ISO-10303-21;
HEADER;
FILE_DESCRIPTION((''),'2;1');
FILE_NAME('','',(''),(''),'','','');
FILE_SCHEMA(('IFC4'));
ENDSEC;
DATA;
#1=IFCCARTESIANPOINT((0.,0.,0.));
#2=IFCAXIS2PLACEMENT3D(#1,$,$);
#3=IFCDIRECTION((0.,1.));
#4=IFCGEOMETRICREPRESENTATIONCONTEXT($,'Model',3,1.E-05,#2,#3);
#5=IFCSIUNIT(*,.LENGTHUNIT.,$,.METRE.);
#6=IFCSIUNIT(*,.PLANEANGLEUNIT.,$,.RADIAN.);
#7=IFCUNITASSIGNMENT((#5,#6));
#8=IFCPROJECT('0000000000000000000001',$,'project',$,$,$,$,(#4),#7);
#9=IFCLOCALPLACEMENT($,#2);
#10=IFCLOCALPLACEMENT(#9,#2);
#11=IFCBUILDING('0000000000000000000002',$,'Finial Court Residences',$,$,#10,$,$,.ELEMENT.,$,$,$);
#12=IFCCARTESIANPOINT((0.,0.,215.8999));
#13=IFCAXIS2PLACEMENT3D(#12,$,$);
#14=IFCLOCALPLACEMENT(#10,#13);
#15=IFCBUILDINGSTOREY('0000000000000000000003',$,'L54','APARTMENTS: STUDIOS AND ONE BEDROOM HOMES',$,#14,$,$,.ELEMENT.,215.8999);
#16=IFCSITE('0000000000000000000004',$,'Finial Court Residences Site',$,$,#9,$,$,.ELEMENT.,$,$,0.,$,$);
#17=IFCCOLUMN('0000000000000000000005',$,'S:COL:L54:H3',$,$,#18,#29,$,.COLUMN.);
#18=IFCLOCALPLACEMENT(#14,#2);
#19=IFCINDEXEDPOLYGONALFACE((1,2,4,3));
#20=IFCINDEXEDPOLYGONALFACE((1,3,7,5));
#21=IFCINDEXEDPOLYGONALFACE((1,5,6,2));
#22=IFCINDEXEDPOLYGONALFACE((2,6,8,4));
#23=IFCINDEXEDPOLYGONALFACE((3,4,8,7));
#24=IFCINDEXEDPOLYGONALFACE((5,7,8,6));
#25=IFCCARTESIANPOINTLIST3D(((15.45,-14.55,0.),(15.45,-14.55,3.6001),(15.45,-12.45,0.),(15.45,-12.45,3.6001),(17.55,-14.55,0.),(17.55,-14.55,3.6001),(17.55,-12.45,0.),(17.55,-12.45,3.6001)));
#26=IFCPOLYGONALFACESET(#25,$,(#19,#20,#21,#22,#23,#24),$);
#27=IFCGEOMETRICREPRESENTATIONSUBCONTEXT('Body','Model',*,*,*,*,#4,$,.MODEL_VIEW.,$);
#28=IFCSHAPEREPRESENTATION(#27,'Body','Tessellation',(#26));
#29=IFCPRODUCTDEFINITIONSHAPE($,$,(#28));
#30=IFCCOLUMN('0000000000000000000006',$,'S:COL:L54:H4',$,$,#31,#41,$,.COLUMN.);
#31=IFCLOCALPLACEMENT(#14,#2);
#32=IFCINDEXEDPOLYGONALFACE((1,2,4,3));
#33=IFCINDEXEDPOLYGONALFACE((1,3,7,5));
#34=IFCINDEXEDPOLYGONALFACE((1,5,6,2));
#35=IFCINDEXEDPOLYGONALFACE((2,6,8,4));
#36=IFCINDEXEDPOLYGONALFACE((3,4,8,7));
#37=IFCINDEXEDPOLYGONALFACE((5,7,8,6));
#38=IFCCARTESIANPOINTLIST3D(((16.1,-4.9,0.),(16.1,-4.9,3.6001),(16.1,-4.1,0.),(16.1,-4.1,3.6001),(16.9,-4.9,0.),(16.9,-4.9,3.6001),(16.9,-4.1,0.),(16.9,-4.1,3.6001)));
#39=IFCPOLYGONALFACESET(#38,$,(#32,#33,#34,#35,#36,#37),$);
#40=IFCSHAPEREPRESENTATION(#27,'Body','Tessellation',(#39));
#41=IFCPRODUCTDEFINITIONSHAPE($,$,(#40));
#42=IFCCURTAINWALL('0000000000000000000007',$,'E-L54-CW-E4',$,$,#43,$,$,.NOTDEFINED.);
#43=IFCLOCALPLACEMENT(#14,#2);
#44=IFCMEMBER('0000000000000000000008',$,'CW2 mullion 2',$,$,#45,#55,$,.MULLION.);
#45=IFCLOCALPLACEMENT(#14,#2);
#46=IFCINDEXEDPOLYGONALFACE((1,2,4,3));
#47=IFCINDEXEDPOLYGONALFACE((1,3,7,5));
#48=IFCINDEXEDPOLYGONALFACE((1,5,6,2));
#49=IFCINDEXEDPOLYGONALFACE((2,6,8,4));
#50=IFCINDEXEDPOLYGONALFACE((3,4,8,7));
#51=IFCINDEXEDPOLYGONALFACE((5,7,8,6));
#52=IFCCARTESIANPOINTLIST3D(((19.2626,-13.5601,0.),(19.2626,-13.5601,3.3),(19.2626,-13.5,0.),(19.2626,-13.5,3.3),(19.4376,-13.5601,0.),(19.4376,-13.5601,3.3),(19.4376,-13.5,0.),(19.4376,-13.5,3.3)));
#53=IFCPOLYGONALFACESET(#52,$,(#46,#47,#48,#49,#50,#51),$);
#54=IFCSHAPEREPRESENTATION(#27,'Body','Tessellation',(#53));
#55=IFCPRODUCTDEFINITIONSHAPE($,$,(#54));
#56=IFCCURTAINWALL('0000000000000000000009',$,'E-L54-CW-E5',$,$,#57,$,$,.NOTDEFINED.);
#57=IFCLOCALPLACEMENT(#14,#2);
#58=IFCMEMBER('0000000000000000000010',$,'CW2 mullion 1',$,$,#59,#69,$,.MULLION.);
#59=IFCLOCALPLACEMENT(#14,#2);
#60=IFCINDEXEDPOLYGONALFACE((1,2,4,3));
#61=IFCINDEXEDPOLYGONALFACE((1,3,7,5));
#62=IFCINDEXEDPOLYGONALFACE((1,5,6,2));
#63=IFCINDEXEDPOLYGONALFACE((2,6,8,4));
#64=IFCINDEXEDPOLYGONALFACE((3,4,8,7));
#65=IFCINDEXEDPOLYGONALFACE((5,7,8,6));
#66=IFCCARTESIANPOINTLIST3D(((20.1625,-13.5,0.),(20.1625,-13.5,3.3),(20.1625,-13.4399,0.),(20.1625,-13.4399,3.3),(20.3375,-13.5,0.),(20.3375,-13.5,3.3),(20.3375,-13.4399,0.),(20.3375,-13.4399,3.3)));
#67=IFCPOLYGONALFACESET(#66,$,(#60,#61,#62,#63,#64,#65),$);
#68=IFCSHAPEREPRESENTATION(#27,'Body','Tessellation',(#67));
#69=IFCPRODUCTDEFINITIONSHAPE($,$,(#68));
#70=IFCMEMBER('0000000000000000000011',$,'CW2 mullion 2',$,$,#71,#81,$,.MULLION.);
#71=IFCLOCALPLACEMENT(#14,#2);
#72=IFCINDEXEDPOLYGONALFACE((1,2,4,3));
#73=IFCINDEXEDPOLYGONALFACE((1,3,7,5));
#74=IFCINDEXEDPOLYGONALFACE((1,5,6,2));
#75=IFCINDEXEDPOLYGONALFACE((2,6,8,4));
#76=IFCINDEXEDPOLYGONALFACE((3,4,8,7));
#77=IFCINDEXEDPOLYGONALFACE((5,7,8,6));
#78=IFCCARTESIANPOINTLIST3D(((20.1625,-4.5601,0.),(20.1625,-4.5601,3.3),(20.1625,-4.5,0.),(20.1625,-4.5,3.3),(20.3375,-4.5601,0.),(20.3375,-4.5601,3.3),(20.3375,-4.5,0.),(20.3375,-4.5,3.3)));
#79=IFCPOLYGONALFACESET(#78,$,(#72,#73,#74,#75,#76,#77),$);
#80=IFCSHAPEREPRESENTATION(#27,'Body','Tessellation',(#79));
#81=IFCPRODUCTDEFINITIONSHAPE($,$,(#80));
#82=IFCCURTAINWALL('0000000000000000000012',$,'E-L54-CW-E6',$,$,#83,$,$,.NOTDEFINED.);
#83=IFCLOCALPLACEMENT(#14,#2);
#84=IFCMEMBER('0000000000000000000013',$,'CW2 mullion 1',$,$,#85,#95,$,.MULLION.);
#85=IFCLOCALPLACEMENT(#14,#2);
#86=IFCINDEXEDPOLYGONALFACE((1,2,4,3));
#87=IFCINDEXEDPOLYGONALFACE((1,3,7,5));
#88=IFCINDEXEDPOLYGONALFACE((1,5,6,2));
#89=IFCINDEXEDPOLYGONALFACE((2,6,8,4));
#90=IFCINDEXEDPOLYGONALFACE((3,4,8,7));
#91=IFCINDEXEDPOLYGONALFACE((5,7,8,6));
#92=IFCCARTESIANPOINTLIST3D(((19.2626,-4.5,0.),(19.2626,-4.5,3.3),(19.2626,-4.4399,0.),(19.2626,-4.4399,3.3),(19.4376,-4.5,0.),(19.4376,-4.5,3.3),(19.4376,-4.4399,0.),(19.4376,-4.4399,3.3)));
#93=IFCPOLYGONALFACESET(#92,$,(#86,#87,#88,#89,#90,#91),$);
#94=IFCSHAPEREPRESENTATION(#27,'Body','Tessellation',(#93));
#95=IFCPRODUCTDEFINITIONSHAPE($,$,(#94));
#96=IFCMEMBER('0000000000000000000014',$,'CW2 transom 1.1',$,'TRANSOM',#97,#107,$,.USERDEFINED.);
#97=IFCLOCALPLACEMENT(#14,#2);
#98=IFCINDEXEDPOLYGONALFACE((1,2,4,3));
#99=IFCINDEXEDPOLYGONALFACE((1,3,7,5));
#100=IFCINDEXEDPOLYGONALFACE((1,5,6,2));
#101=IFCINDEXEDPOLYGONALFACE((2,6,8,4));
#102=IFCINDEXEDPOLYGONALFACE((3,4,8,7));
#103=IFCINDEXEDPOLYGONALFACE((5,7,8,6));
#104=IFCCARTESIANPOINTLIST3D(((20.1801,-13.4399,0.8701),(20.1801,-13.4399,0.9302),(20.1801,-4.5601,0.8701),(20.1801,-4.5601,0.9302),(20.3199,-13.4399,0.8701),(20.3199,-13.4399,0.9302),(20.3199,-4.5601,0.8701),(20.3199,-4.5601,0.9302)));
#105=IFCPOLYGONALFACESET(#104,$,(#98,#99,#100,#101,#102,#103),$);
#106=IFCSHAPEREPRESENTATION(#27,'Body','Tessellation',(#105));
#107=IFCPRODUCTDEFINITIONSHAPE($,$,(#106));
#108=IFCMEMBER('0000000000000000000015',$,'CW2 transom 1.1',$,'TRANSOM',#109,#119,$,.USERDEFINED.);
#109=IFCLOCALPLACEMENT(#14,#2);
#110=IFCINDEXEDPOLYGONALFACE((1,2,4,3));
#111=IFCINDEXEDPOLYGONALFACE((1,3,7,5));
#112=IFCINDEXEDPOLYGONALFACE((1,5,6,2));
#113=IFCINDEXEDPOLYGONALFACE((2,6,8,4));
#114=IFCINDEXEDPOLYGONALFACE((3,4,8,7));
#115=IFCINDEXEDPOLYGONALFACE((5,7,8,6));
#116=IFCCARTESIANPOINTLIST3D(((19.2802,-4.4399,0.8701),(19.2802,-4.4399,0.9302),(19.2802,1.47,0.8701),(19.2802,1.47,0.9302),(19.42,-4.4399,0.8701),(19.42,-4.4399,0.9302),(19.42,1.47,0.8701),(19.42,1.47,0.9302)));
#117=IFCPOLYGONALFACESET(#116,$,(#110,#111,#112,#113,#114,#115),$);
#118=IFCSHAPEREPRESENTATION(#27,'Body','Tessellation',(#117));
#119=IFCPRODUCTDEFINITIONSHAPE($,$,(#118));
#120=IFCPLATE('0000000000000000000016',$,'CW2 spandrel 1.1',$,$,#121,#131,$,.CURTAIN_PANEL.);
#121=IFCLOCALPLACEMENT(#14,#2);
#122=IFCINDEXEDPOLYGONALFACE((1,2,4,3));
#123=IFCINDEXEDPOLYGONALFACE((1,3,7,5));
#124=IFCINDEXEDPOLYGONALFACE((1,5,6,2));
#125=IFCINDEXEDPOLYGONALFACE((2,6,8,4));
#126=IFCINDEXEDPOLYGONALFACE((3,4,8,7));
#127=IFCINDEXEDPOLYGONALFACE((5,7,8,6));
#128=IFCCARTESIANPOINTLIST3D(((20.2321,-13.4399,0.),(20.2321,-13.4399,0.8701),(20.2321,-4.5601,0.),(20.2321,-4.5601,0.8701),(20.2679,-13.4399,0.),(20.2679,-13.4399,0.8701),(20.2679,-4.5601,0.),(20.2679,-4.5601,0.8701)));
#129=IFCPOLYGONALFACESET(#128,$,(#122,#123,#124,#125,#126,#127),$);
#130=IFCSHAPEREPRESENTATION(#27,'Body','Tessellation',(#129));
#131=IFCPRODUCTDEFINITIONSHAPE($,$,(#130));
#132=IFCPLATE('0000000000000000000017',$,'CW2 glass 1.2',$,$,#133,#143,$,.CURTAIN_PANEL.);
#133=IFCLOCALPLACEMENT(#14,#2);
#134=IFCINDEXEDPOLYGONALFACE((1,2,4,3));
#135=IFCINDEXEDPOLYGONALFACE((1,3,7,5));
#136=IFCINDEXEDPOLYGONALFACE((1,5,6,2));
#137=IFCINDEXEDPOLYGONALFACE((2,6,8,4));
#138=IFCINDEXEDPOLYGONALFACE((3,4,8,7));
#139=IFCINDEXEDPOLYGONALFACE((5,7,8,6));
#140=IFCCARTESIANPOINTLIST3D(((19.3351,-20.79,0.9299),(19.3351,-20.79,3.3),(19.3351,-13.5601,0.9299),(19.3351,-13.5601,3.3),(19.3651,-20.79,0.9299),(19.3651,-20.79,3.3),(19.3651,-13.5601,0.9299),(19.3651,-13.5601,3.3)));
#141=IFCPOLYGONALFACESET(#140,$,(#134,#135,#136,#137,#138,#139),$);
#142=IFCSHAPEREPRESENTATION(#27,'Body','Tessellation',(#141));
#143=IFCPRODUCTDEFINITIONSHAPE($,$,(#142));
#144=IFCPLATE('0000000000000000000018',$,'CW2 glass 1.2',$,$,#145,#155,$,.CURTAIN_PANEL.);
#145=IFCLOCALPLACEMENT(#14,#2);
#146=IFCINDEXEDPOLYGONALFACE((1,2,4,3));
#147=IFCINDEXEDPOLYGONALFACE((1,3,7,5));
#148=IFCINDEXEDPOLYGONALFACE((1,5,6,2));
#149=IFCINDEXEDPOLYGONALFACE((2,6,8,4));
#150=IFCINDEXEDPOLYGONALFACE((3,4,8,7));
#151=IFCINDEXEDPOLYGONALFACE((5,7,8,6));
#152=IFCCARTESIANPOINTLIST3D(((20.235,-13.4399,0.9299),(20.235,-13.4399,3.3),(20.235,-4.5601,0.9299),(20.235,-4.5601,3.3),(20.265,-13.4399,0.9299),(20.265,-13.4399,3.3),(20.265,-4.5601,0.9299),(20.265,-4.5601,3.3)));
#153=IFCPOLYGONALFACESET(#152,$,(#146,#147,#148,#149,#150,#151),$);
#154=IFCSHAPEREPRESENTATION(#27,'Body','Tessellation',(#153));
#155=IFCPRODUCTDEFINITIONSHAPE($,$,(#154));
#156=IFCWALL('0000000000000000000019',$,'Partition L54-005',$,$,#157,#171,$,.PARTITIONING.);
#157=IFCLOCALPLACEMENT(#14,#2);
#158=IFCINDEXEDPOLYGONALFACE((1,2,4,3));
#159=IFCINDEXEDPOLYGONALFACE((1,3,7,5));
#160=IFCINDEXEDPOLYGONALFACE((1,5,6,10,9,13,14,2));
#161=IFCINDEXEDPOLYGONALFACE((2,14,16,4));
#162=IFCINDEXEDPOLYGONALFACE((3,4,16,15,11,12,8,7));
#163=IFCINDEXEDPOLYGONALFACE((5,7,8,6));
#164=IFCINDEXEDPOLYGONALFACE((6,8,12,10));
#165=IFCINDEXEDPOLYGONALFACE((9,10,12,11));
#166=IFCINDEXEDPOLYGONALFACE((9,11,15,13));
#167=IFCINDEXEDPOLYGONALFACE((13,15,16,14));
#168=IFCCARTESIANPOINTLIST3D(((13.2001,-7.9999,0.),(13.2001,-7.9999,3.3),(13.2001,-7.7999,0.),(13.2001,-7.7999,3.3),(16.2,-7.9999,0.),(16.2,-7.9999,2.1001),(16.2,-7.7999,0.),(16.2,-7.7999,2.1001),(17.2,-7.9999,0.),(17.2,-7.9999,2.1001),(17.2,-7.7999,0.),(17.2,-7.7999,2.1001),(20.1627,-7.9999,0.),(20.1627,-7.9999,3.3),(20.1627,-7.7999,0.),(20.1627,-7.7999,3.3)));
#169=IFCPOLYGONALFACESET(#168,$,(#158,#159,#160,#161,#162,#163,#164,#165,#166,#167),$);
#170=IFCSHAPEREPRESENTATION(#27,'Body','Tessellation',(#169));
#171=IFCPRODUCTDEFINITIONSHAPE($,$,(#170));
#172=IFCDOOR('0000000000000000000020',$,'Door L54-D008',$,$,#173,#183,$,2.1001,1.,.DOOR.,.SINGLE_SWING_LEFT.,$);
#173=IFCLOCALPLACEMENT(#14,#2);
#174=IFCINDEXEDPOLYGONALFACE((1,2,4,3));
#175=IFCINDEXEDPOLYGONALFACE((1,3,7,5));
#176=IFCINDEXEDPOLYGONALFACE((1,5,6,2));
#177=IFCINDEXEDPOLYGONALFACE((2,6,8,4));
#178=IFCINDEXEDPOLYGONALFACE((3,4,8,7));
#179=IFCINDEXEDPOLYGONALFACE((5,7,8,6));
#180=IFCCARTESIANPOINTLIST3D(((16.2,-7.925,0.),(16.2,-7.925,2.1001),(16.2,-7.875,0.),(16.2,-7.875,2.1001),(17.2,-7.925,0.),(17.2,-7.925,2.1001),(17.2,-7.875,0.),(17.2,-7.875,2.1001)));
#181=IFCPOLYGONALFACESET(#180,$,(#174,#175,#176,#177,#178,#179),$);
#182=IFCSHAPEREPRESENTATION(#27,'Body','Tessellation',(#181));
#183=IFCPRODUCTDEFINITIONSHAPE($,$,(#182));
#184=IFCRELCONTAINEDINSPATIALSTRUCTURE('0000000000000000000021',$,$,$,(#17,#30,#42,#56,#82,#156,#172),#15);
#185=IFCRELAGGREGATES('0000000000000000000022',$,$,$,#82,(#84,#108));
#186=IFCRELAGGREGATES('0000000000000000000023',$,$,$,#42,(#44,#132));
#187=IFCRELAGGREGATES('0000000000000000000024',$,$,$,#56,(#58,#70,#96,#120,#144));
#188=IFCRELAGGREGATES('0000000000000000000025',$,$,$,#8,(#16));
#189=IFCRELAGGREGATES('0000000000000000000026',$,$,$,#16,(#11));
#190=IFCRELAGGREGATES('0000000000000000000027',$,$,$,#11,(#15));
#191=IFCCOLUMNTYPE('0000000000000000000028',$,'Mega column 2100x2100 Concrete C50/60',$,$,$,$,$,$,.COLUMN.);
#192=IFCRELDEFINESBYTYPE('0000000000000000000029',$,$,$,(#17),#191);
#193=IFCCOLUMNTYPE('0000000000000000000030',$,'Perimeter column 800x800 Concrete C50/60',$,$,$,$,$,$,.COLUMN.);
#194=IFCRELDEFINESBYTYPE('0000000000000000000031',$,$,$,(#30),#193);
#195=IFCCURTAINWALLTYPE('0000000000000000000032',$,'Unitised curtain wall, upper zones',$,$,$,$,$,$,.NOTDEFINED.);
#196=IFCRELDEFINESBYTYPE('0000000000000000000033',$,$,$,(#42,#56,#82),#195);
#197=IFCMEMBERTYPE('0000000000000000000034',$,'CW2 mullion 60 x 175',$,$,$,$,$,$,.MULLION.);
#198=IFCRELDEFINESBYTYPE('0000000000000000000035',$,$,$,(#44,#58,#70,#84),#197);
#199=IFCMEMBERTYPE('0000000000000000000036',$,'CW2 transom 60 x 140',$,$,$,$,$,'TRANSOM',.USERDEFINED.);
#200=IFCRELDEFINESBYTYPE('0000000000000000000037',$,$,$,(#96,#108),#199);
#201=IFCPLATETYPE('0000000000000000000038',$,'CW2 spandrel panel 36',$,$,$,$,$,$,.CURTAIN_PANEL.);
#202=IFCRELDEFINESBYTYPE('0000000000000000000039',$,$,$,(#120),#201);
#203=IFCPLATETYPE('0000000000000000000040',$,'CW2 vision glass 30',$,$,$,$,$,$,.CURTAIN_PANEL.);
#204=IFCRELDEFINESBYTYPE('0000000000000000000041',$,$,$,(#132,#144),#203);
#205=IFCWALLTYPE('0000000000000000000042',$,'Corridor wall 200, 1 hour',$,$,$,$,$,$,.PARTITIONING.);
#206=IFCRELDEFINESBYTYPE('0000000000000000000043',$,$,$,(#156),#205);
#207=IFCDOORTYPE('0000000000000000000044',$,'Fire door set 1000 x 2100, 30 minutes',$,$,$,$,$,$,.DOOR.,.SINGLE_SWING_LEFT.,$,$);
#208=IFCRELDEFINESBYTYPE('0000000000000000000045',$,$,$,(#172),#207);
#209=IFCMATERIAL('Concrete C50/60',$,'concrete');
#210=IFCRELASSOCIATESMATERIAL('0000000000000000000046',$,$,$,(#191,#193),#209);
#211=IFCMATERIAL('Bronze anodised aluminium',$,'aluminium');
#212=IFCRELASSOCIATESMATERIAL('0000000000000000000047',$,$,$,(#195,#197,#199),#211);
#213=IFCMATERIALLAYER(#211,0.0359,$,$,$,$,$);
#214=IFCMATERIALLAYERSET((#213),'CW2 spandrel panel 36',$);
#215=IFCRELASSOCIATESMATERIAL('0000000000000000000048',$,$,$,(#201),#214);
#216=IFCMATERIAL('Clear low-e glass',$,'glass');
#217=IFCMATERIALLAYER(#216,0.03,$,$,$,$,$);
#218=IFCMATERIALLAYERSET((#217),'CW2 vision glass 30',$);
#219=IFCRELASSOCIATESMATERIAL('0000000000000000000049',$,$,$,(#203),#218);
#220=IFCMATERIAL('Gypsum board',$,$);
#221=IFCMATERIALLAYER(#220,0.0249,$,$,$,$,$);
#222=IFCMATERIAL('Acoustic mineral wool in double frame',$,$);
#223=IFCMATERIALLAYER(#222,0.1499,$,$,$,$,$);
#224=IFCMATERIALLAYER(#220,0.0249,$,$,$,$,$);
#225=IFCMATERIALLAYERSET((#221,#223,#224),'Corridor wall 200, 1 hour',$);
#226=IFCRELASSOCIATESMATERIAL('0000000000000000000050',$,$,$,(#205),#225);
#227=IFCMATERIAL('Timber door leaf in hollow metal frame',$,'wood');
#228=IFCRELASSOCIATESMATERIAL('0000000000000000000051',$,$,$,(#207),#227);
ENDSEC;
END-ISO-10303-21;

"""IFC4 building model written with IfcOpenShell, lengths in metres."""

from ifc_helpers import new_model, si_unit, direction, frame, frame_2d, origin, origin_2d, place, context, subcontext, project, spatial, rectangle, extrude, material, layer, layer_set, material_profile, profile_set, type_object, element, fill, aggregate, save


model = new_model("IFC4")

# Units and contexts
model_context = context("Model", 3, precision=1e-05, world=origin(), true_north=direction((0.0, 1.0)))
body_context = subcontext(model_context, "Body", "Model", "MODEL_VIEW")
ifc_project = project(units=[si_unit("LENGTHUNIT", "METRE"), si_unit("PLANEANGLEUNIT", "RADIAN")], contexts=[model_context])

# Site, building, storey
site_placement = place(None, origin())
site = spatial("IfcSite", under=ifc_project, at=site_placement, Name="Finial Court Residences Site", CompositionType="ELEMENT", RefElevation=0.0)
building_placement = place(site_placement, origin())
building = spatial("IfcBuilding", under=site, at=building_placement, Name="Finial Court Residences", CompositionType="ELEMENT")
storey_placement = place(building_placement, frame((0.0, 0.0, 215.8999)))
storey = spatial("IfcBuildingStorey", under=building, at=storey_placement, Name="L54", Description="APARTMENTS: STUDIOS AND ONE BEDROOM HOMES", CompositionType="ELEMENT", Elevation=215.8999)

# Columns
ifc_material_1 = material(Name="Concrete C50/60", Category="concrete")
ifc_material_profile_1 = material_profile(ifc_material_1, rectangle(XDim=2.1001, YDim=2.1001, at=origin_2d()), Name="2100x2100")
ifc_profile_set_1 = profile_set([ifc_material_profile_1], Name="Concrete C50/60")
column_type_1 = type_object("IfcColumnType", Name="Mega column 2100x2100 Concrete C50/60", PredefinedType="COLUMN", material=ifc_profile_set_1)
column_1_placement = place(storey_placement, frame((16.5, -13.5, 0.0), z_axis=(0.0, 0.0, 1.0), x_axis=(1.0, 0.0, 0.0)))
element("IfcColumn", 1, at=column_1_placement, inside=storey, type_object=column_type_1, Name="S:COL:L54:H3", PredefinedType="COLUMN", context=body_context, shape_type="SweptSolid", body=[
    extrude(rectangle(XDim=2.1001, YDim=2.1001, at=origin_2d()), origin(), (0.0, 0.0, 1.0), 3.6001),
])
ifc_material_profile_2 = material_profile(ifc_material_1, rectangle(XDim=0.8, YDim=0.8, at=origin_2d()), Name="800x800")
ifc_profile_set_2 = profile_set([ifc_material_profile_2], Name="Concrete C50/60")
column_type_2 = type_object("IfcColumnType", Name="Perimeter column 800x800 Concrete C50/60", PredefinedType="COLUMN", material=ifc_profile_set_2)
column_2_placement = place(storey_placement, frame((16.5, -4.5, 0.0), z_axis=(0.0, 0.0, 1.0), x_axis=(1.0, 0.0, 0.0)))
element("IfcColumn", 2, at=column_2_placement, inside=storey, type_object=column_type_2, Name="S:COL:L54:H4", PredefinedType="COLUMN", context=body_context, shape_type="SweptSolid", body=[
    extrude(rectangle(XDim=0.8, YDim=0.8, at=origin_2d()), origin(), (0.0, 0.0, 1.0), 3.6001),
])

# Curtain wall, member
ifc_material_2 = material(Name="Bronze anodised aluminium", Category="aluminium")
curtain_wall_type = type_object("IfcCurtainWallType", Name="Unitised curtain wall, upper zones", PredefinedType="NOTDEFINED", material=ifc_material_2)
curtain_wall_1_placement = place(storey_placement, origin())
curtain_wall_1 = element("IfcCurtainWall", 3, at=curtain_wall_1_placement, inside=storey, type_object=curtain_wall_type, Name="E-L54-CW-E4", PredefinedType="NOTDEFINED")
ifc_material_profile_3 = material_profile(ifc_material_2, rectangle(XDim=0.175, YDim=0.0601, at=origin_2d()), Name="CW2 mullion 60 x 175")
ifc_profile_set_3 = profile_set([ifc_material_profile_3], Name="Bronze anodised aluminium")
member_type_1 = type_object("IfcMemberType", Name="CW2 mullion 60 x 175", PredefinedType="MULLION", material=ifc_profile_set_3)
member_1_placement = place(storey_placement, frame((19.3501, -13.53, 0.0), z_axis=(0.0, 0.0, 1.0), x_axis=(-1.0, 0.0, 0.0)))
member_1 = element("IfcMember", 4, at=member_1_placement, type_object=member_type_1, Name="CW2 mullion 2", PredefinedType="MULLION", context=body_context, shape_type="SweptSolid", body=[
    extrude(rectangle(XDim=0.175, YDim=0.0601, at=origin_2d()), origin(), (0.0, 0.0, 1.0), 3.3),
])

# Curtain wall, members
curtain_wall_2_placement = place(storey_placement, origin())
curtain_wall_2 = element("IfcCurtainWall", 5, at=curtain_wall_2_placement, inside=storey, type_object=curtain_wall_type, Name="E-L54-CW-E5", PredefinedType="NOTDEFINED")
member_2_placement = place(storey_placement, frame((20.25, -13.47, 0.0), z_axis=(0.0, 0.0, 1.0), x_axis=(-1.0, 0.0, 0.0)))
member_2 = element("IfcMember", 6, at=member_2_placement, type_object=member_type_1, Name="CW2 mullion 1", PredefinedType="MULLION", context=body_context, shape_type="SweptSolid", body=[
    extrude(rectangle(XDim=0.175, YDim=0.0601, at=origin_2d()), origin(), (0.0, 0.0, 1.0), 3.3),
])
member_3_placement = place(storey_placement, frame((20.25, -4.53, 0.0), z_axis=(0.0, 0.0, 1.0), x_axis=(-1.0, 0.0, 0.0)))
member_3 = element("IfcMember", 7, at=member_3_placement, type_object=member_type_1, Name="CW2 mullion 2", PredefinedType="MULLION", context=body_context, shape_type="SweptSolid", body=[
    extrude(rectangle(XDim=0.175, YDim=0.0601, at=origin_2d()), origin(), (0.0, 0.0, 1.0), 3.3),
])

# Curtain wall, member
curtain_wall_3_placement = place(storey_placement, origin())
curtain_wall_3 = element("IfcCurtainWall", 8, at=curtain_wall_3_placement, inside=storey, type_object=curtain_wall_type, Name="E-L54-CW-E6", PredefinedType="NOTDEFINED")
member_4_placement = place(storey_placement, frame((19.3501, -4.47, 0.0), z_axis=(0.0, 0.0, 1.0), x_axis=(-1.0, 0.0, 0.0)))
member_4 = element("IfcMember", 9, at=member_4_placement, type_object=member_type_1, Name="CW2 mullion 1", PredefinedType="MULLION", context=body_context, shape_type="SweptSolid", body=[
    extrude(rectangle(XDim=0.175, YDim=0.0601, at=origin_2d()), origin(), (0.0, 0.0, 1.0), 3.3),
])

# Members
ifc_material_profile_4 = material_profile(ifc_material_2, rectangle(XDim=0.1399, YDim=0.0601, at=origin_2d()), Name="CW2 transom 60 x 140")
ifc_profile_set_4 = profile_set([ifc_material_profile_4], Name="Bronze anodised aluminium")
member_type_2 = type_object("IfcMemberType", Name="CW2 transom 60 x 140", ElementType="TRANSOM", PredefinedType="USERDEFINED", material=ifc_profile_set_4)
member_5_placement = place(storey_placement, frame((20.25, -13.4399, 0.9001), z_axis=(0.0, 1.0, 0.0), x_axis=(-1.0, 0.0, 0.0)))
member_5 = element("IfcMember", 10, at=member_5_placement, type_object=member_type_2, Name="CW2 transom 1.1", ObjectType="TRANSOM", PredefinedType="USERDEFINED", context=body_context, shape_type="SweptSolid", body=[
    extrude(rectangle(XDim=0.1399, YDim=0.0601, at=origin_2d()), origin(), (0.0, 0.0, 1.0), 8.8799),
])
member_6_placement = place(storey_placement, frame((19.3501, -4.4399, 0.9001), z_axis=(0.0, 1.0, 0.0), x_axis=(-1.0, 0.0, 0.0)))
member_6 = element("IfcMember", 11, at=member_6_placement, type_object=member_type_2, Name="CW2 transom 1.1", ObjectType="TRANSOM", PredefinedType="USERDEFINED", context=body_context, shape_type="SweptSolid", body=[
    extrude(rectangle(XDim=0.1399, YDim=0.0601, at=origin_2d()), origin(), (0.0, 0.0, 1.0), 5.9099),
])
aggregate(curtain_wall_3, [member_4, member_6])

# Plates
ifc_layer_1 = layer(ifc_material_2, 0.0359)
ifc_layer_set_1 = layer_set([ifc_layer_1], Name="CW2 spandrel panel 36")
plate_type_1 = type_object("IfcPlateType", Name="CW2 spandrel panel 36", PredefinedType="CURTAIN_PANEL", material=ifc_layer_set_1)
plate_1_placement = place(storey_placement, frame((20.25, -9.0, 0.0), z_axis=(0.0, 0.0, 1.0), x_axis=(0.0, 1.0, 0.0)))
plate_1 = element("IfcPlate", 12, at=plate_1_placement, type_object=plate_type_1, Name="CW2 spandrel 1.1", PredefinedType="CURTAIN_PANEL", context=body_context, shape_type="SweptSolid", body=[
    extrude(rectangle(XDim=8.8799, YDim=0.0359, at=origin_2d()), origin(), (0.0, 0.0, 1.0), 0.8701),
])
ifc_material_3 = material(Name="Clear low-e glass", Category="glass")
ifc_layer_2 = layer(ifc_material_3, 0.03)
ifc_layer_set_2 = layer_set([ifc_layer_2], Name="CW2 vision glass 30")
plate_type_2 = type_object("IfcPlateType", Name="CW2 vision glass 30", PredefinedType="CURTAIN_PANEL", material=ifc_layer_set_2)
plate_2_placement = place(storey_placement, frame((19.3501, -17.175, 0.9299), z_axis=(0.0, 0.0, 1.0), x_axis=(0.0, 1.0, 0.0)))
plate_2 = element("IfcPlate", 13, at=plate_2_placement, type_object=plate_type_2, Name="CW2 glass 1.2", PredefinedType="CURTAIN_PANEL", context=body_context, shape_type="SweptSolid", body=[
    extrude(rectangle(XDim=7.23, YDim=0.03, at=origin_2d()), origin(), (0.0, 0.0, 1.0), 2.3701),
])
aggregate(curtain_wall_1, [member_1, plate_2])
plate_3_placement = place(storey_placement, frame((20.25, -9.0, 0.9299), z_axis=(0.0, 0.0, 1.0), x_axis=(0.0, 1.0, 0.0)))
plate_3 = element("IfcPlate", 14, at=plate_3_placement, type_object=plate_type_2, Name="CW2 glass 1.2", PredefinedType="CURTAIN_PANEL", context=body_context, shape_type="SweptSolid", body=[
    extrude(rectangle(XDim=8.8799, YDim=0.03, at=origin_2d()), origin(), (0.0, 0.0, 1.0), 2.3701),
])
aggregate(curtain_wall_2, [member_2, member_3, member_5, plate_1, plate_3])

# Wall, opening, door
ifc_material_4 = material(Name="Gypsum board")
ifc_layer_3 = layer(ifc_material_4, 0.0249)
ifc_material_5 = material(Name="Acoustic mineral wool in double frame")
ifc_layer_4 = layer(ifc_material_5, 0.1499)
ifc_layer_5 = layer(ifc_material_4, 0.0249)
ifc_layer_set_3 = layer_set([ifc_layer_3, ifc_layer_4, ifc_layer_5], Name="Corridor wall 200, 1 hour")
wall_type_1 = type_object("IfcWallType", Name="Corridor wall 200, 1 hour", PredefinedType="PARTITIONING", material=ifc_layer_set_3)
wall_1_placement = place(storey_placement, frame((13.2, -7.8999, 0.0), z_axis=(0.0, 0.0, 1.0), x_axis=(1.0, 0.0, 0.0)))
wall_1 = element("IfcWall", 15, at=wall_1_placement, inside=storey, type_object=wall_type_1, Name="Partition L54-005", PredefinedType="PARTITIONING", context=body_context, shape_type="SweptSolid", body=[
    extrude(rectangle(XDim=6.9626, YDim=0.2, at=frame_2d((3.4814, 0.0))), origin(), (0.0, 0.0, 1.0), 3.3),
])
opening_1_placement = place(wall_1_placement, frame((3.0, 0.0, 0.0)))
opening_1 = element("IfcOpeningElement", 16, at=opening_1_placement, cuts=wall_1, PredefinedType="OPENING", context=body_context, shape_type="SweptSolid", body=[
    extrude(rectangle(XDim=1.0, YDim=2.1001, at=frame_2d((0.5, 1.05))), frame((0.0, 0.1099, 0.0), z_axis=(0.0, -1.0, 0.0), x_axis=(1.0, 0.0, 0.0)), (0.0, 0.0, 1.0), 0.22),
])
ifc_material_6 = material(Name="Timber door leaf in hollow metal frame", Category="wood")
door_type_1 = type_object("IfcDoorType", Name="Fire door set 1000 x 2100, 30 minutes", OperationType="SINGLE_SWING_LEFT", PredefinedType="DOOR", material=ifc_material_6)
door_1_placement = place(opening_1_placement, origin())
door_1 = element("IfcDoor", 17, at=door_1_placement, inside=storey, type_object=door_type_1, Name="Door L54-D008", OperationType="SINGLE_SWING_LEFT", OverallHeight=2.1001, OverallWidth=1.0, PredefinedType="DOOR", context=body_context, shape_type="SweptSolid", body=[
    extrude(rectangle(XDim=1.0, YDim=2.1001, at=frame_2d((0.5, 1.05))), frame((0.0, 0.0249, 0.0), z_axis=(0.0, -1.0, 0.0), x_axis=(1.0, 0.0, 0.0)), (0.0, 0.0, 1.0), 0.05),
])
fill(opening_1, door_1)

save(model, "model.ifc")
